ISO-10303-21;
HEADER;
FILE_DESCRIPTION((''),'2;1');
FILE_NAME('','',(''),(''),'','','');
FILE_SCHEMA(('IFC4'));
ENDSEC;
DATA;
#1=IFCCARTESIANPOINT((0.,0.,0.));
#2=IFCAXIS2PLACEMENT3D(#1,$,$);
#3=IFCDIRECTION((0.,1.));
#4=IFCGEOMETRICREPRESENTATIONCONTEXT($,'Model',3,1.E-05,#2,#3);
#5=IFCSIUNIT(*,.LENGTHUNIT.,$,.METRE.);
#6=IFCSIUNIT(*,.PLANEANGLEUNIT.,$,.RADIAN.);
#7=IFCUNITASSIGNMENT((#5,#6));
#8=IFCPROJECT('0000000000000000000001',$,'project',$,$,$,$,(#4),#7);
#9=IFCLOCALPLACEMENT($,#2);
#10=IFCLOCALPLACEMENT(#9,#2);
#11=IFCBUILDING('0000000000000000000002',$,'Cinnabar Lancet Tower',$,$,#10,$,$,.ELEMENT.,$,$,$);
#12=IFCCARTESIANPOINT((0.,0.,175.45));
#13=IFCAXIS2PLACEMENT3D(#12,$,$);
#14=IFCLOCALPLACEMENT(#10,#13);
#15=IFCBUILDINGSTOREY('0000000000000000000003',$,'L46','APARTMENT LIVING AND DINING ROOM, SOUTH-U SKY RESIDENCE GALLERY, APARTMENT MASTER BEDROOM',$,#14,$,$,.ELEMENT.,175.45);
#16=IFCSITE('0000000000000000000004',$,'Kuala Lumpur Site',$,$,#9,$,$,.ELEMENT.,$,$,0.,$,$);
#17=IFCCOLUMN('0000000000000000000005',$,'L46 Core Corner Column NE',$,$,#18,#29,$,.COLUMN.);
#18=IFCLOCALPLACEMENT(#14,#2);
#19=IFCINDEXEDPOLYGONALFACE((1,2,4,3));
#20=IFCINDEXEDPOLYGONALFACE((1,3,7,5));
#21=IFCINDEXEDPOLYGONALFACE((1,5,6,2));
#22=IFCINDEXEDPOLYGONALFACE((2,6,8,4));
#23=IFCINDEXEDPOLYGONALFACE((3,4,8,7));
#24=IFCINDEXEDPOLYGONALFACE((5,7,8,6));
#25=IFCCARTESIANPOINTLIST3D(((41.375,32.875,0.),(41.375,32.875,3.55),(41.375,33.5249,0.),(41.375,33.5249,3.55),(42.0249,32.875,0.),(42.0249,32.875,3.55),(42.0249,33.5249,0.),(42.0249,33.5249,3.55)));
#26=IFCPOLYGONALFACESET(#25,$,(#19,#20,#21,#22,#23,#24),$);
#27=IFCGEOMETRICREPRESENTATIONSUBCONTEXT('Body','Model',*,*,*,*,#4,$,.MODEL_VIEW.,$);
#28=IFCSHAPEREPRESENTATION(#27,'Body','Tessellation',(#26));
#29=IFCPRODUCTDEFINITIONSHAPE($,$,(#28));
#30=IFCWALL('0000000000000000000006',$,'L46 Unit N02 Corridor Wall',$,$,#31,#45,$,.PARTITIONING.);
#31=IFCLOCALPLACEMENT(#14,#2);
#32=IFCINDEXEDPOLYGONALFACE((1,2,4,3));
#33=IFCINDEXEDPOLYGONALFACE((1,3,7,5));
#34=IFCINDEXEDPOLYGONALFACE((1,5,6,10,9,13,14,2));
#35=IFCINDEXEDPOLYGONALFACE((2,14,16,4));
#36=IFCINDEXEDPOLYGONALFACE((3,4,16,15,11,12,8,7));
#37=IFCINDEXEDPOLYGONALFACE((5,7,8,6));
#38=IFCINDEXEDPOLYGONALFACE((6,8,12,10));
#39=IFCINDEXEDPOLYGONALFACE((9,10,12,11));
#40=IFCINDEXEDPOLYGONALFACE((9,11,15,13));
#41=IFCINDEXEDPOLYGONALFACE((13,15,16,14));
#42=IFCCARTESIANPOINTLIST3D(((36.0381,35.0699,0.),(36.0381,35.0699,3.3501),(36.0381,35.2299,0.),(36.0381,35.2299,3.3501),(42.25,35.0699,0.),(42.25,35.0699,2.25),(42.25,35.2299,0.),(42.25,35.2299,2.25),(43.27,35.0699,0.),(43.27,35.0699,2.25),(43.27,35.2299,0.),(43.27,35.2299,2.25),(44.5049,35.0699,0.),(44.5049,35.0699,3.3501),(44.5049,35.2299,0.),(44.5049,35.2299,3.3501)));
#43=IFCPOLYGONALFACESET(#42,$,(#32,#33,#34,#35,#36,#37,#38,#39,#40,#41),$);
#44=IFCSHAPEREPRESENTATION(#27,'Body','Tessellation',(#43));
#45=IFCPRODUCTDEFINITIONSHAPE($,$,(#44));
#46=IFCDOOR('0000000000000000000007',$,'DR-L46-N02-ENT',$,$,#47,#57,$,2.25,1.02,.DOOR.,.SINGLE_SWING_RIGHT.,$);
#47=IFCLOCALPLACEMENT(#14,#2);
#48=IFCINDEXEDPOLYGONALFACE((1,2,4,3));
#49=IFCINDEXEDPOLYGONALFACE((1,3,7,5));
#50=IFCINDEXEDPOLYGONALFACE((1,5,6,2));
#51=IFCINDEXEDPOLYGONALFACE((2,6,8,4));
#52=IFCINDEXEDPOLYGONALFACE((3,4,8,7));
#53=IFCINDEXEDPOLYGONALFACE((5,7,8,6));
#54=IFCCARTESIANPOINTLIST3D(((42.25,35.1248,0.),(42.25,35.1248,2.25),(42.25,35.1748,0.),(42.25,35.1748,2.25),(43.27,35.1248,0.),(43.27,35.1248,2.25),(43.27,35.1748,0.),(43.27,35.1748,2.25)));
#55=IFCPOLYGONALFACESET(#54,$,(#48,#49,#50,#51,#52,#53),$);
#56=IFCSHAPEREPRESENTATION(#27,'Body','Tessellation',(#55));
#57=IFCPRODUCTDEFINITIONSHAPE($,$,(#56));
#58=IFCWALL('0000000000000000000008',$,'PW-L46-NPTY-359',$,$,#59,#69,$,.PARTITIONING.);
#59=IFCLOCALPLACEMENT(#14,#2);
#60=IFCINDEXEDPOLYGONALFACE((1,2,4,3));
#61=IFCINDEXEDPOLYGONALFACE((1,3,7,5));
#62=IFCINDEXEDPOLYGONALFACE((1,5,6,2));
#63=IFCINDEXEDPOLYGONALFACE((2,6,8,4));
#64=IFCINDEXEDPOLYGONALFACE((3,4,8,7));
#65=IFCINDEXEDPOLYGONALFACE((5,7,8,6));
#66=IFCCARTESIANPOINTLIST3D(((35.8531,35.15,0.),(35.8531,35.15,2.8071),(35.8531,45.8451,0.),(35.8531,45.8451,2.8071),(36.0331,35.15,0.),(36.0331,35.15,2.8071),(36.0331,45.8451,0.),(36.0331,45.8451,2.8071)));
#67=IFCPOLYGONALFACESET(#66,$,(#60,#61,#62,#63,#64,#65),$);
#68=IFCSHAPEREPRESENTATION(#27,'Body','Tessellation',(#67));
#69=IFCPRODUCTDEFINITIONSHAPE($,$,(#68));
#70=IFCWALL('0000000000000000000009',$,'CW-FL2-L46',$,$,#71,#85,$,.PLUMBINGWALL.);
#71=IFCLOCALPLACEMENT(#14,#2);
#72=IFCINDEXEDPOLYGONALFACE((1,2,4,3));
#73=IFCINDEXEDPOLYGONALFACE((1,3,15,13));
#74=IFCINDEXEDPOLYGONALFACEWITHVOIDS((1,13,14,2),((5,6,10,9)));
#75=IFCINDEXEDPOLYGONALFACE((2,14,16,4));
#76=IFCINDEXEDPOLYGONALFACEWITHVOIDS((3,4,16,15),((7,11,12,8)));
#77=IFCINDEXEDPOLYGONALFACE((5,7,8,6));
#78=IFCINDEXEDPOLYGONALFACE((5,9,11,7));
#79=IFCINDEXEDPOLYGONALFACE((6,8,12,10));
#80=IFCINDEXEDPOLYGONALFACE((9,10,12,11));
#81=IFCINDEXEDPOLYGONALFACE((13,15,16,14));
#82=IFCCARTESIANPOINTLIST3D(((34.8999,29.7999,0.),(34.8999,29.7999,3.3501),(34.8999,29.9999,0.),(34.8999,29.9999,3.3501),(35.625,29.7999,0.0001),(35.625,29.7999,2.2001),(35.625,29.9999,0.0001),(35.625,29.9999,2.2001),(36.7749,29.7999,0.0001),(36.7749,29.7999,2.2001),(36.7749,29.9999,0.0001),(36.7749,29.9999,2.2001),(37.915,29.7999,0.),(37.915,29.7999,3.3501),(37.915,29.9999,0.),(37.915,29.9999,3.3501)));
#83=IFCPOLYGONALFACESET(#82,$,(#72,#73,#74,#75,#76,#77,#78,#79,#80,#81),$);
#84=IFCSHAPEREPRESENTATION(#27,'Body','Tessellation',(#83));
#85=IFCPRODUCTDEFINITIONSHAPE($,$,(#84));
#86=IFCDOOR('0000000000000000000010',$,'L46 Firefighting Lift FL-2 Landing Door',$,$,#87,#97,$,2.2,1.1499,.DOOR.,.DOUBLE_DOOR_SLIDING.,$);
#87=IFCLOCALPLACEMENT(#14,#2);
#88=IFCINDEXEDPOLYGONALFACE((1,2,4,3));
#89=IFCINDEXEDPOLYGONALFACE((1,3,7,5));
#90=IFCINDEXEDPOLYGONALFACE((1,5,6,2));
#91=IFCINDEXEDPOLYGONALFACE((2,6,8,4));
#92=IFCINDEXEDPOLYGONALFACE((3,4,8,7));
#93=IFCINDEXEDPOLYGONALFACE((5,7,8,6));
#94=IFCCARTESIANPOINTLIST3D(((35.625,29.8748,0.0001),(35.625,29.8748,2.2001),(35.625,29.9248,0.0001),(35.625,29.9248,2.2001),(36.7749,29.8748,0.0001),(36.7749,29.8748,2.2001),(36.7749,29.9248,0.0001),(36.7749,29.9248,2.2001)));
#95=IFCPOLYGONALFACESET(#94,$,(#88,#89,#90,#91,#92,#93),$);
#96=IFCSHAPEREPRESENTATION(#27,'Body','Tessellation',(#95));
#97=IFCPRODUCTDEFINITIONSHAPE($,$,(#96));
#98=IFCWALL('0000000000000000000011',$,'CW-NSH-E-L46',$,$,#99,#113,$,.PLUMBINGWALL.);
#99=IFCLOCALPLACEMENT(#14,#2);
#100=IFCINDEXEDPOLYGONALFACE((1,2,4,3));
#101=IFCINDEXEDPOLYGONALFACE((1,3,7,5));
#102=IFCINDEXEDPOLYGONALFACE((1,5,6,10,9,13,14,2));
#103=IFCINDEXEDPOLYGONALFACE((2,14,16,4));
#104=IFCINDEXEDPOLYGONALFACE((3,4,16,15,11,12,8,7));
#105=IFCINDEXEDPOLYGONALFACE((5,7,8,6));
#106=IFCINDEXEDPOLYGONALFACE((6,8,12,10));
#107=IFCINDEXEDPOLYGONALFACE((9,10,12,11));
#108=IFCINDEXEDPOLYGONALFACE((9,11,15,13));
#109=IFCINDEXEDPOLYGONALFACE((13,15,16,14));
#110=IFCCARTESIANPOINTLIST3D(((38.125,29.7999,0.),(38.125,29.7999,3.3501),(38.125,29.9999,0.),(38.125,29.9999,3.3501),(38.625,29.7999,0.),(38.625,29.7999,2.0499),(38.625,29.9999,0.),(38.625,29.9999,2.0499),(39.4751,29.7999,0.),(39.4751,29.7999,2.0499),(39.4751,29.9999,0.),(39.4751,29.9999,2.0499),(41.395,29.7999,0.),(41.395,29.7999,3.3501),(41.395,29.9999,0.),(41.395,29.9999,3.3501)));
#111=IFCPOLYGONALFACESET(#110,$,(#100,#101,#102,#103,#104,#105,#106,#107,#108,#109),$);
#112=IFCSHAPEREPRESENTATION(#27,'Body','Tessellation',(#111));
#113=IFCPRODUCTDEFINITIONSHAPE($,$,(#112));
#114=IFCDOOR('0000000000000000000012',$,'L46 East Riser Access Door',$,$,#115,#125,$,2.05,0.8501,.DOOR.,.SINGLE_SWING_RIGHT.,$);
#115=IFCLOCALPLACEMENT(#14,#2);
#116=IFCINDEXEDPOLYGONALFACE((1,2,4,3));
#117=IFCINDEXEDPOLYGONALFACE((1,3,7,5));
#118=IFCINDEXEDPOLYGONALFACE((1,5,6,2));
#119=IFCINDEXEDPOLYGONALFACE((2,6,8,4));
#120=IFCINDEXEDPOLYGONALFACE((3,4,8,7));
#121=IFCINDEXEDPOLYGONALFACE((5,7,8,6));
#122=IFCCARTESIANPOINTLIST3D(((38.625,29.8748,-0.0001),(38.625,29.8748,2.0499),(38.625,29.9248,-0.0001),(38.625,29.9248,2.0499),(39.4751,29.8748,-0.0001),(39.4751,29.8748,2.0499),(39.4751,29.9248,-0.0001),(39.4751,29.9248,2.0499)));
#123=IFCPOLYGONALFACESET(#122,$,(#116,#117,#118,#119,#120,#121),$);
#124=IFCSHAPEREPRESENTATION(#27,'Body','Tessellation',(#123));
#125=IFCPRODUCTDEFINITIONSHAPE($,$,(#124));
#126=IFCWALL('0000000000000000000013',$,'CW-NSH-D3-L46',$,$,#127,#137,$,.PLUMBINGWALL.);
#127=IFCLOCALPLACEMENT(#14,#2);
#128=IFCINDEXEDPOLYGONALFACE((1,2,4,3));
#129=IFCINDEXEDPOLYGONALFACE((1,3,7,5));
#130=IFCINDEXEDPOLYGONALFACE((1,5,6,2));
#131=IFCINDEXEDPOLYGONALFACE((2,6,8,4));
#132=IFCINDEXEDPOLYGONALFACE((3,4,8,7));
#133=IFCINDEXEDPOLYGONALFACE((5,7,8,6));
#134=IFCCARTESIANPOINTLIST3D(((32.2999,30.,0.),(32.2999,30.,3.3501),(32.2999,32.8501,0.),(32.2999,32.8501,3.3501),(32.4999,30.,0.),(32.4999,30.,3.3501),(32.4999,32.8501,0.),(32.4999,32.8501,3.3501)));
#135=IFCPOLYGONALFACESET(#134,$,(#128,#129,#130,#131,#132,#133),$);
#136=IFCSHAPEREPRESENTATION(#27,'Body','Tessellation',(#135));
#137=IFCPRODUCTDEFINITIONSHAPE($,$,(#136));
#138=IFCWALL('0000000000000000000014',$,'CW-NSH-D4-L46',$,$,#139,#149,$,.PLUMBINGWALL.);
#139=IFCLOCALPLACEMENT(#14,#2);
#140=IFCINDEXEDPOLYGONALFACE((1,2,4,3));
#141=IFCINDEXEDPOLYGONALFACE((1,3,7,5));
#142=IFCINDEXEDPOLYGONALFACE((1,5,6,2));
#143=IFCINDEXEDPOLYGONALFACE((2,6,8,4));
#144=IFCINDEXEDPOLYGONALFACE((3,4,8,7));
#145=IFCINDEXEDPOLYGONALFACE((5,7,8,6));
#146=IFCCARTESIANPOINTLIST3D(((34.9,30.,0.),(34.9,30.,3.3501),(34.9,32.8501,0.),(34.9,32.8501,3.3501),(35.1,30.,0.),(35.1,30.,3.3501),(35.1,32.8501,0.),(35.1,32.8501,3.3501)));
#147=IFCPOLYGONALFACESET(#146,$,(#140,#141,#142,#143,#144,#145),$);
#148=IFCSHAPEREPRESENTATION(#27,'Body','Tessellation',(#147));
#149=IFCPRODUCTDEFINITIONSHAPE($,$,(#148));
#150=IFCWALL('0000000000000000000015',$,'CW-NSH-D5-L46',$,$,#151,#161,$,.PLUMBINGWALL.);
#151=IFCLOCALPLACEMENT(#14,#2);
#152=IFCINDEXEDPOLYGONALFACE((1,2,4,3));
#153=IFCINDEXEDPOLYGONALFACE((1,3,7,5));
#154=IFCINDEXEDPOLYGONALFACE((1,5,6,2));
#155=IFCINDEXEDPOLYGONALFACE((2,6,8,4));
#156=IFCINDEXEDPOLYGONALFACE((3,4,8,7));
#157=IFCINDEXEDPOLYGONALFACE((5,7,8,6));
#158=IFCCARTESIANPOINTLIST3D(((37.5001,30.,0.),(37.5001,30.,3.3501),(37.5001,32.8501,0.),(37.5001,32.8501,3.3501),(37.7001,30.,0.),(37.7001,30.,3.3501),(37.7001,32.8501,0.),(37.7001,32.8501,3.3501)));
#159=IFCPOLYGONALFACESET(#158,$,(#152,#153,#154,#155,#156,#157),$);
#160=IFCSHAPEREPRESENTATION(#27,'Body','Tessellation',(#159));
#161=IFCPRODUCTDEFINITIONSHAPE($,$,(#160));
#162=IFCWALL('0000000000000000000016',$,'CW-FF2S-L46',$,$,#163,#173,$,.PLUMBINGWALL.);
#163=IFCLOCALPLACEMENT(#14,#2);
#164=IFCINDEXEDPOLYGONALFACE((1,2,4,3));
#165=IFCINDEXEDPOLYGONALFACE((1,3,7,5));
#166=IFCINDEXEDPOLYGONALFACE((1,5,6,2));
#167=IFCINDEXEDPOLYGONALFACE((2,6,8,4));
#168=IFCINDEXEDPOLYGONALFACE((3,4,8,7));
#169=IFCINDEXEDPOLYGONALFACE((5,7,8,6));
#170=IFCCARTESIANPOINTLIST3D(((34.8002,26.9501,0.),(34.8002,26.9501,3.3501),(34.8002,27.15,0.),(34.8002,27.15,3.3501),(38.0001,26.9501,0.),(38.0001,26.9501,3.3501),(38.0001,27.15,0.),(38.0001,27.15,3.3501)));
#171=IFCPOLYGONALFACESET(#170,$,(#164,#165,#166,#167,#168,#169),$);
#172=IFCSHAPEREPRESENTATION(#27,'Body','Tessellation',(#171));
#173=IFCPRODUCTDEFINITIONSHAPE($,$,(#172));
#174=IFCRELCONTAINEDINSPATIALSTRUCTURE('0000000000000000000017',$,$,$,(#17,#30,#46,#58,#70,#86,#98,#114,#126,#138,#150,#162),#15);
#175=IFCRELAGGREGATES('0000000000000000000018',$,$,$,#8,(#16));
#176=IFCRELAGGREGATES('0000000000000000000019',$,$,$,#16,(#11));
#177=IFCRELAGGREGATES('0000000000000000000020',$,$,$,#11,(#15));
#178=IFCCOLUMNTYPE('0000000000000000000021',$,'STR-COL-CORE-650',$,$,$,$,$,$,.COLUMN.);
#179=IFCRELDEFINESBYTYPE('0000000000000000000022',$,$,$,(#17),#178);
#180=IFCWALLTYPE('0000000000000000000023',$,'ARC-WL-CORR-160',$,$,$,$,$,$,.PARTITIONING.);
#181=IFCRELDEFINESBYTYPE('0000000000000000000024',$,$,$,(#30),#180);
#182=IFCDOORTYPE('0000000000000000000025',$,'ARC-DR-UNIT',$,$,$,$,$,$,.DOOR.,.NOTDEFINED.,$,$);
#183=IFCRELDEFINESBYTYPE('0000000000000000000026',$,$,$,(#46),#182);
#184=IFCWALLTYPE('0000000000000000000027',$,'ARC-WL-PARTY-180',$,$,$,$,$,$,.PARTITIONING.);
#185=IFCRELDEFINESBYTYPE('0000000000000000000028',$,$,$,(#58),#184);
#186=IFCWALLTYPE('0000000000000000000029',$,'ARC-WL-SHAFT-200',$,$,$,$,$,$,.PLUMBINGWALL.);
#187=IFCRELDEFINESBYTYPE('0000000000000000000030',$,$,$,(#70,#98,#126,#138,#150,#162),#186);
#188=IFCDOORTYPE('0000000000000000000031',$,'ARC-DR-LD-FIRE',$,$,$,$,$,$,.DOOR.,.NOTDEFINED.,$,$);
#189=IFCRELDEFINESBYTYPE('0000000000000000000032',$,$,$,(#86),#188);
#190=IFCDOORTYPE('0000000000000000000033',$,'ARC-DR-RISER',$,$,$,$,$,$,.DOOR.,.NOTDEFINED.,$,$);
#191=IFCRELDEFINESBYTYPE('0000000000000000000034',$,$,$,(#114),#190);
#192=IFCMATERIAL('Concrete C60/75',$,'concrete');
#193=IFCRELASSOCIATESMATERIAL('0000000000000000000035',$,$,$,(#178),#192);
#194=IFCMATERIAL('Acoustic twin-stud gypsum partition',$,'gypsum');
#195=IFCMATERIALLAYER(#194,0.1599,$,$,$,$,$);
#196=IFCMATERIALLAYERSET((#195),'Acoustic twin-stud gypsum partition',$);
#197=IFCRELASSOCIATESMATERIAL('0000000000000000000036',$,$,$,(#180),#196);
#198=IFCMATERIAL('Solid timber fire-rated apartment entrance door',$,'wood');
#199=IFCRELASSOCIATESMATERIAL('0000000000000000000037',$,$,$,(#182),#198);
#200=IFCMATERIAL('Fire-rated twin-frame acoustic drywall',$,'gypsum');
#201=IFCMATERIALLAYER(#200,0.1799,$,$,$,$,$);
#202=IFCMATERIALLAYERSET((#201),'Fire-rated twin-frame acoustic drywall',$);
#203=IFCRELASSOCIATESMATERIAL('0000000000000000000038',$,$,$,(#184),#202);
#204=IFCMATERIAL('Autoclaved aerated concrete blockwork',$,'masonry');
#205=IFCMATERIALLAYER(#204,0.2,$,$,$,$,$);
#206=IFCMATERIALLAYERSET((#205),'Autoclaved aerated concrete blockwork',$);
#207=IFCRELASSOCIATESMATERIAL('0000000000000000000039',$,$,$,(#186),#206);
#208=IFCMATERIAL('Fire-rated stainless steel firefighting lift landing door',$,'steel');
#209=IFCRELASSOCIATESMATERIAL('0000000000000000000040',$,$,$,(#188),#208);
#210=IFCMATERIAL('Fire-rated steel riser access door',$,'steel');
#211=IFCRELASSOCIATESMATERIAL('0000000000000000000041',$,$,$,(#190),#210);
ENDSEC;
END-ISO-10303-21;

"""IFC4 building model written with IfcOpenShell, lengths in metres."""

from ifc_helpers import new_model, si_unit, direction, frame, frame_2d, origin, origin_2d, place, context, subcontext, project, spatial, rectangle, extrude, material, layer, layer_set, material_profile, profile_set, type_object, element, fill, save


model = new_model("IFC4")

# Units and contexts
model_context = context("Model", 3, precision=1e-05, world=origin(), true_north=direction((0.0, 1.0)))
body_context = subcontext(model_context, "Body", "Model", "MODEL_VIEW")
ifc_project = project(units=[si_unit("LENGTHUNIT", "METRE"), si_unit("PLANEANGLEUNIT", "RADIAN")], contexts=[model_context])

# Site, building, storey
site_placement = place(None, origin())
site = spatial("IfcSite", under=ifc_project, at=site_placement, Name="Kuala Lumpur Site", CompositionType="ELEMENT", RefElevation=0.0)
building_placement = place(site_placement, origin())
building = spatial("IfcBuilding", under=site, at=building_placement, Name="Cinnabar Lancet Tower", CompositionType="ELEMENT")
storey_placement = place(building_placement, frame((0.0, 0.0, 175.45)))
storey = spatial("IfcBuildingStorey", under=building, at=storey_placement, Name="L46", Description="APARTMENT LIVING AND DINING ROOM, SOUTH-U SKY RESIDENCE GALLERY, APARTMENT MASTER BEDROOM", CompositionType="ELEMENT", Elevation=175.45)

# Column
ifc_material_1 = material(Name="Concrete C60/75", Category="concrete")
ifc_material_profile = material_profile(ifc_material_1, rectangle(XDim=0.6499, YDim=0.6499, at=origin_2d()), Name="RC-COL 650x650")
ifc_profile_set = profile_set([ifc_material_profile], Name="Concrete C60/75")
column_type = type_object("IfcColumnType", Name="STR-COL-CORE-650", PredefinedType="COLUMN", material=ifc_profile_set)
column_placement = place(storey_placement, frame((41.7, 33.2, 0.0), z_axis=(0.0, 0.0, 1.0), x_axis=(1.0, 0.0, 0.0)))
element("IfcColumn", 1, at=column_placement, inside=storey, type_object=column_type, Name="L46 Core Corner Column NE", PredefinedType="COLUMN", context=body_context, shape_type="SweptSolid", body=[
    extrude(rectangle(XDim=0.6499, YDim=0.6499, at=origin_2d()), origin(), (0.0, 0.0, 1.0), 3.55),
])

# Wall, opening, door
ifc_material_2 = material(Name="Acoustic twin-stud gypsum partition", Category="gypsum")
ifc_layer_1 = layer(ifc_material_2, 0.1599)
ifc_layer_set_1 = layer_set([ifc_layer_1], Name="Acoustic twin-stud gypsum partition")
wall_type_1 = type_object("IfcWallType", Name="ARC-WL-CORR-160", PredefinedType="PARTITIONING", material=ifc_layer_set_1)
wall_1_placement = place(storey_placement, frame((36.0381, 35.1499, 0.0), z_axis=(0.0, 0.0, 1.0), x_axis=(1.0, 0.0, 0.0)))
wall_1 = element("IfcWall", 2, at=wall_1_placement, inside=storey, type_object=wall_type_1, Name="L46 Unit N02 Corridor Wall", PredefinedType="PARTITIONING", context=body_context, shape_type="SweptSolid", body=[
    extrude(rectangle(XDim=8.4668, YDim=0.1599, at=frame_2d((4.2334, 0.0))), origin(), (0.0, 0.0, 1.0), 3.3501),
])
opening_1_placement = place(wall_1_placement, frame((6.2119, 0.0, 0.0)))
opening_1 = element("IfcOpeningElement", 3, at=opening_1_placement, cuts=wall_1, PredefinedType="OPENING", context=body_context, shape_type="SweptSolid", body=[
    extrude(rectangle(XDim=1.02, YDim=2.25, at=frame_2d((0.51, 1.125))), frame((0.0, 0.0898, 0.0), z_axis=(0.0, -1.0, 0.0), x_axis=(1.0, 0.0, 0.0)), (0.0, 0.0, 1.0), 0.1799),
])
ifc_material_3 = material(Name="Solid timber fire-rated apartment entrance door", Category="wood")
door_type_1 = type_object("IfcDoorType", Name="ARC-DR-UNIT", OperationType="NOTDEFINED", PredefinedType="DOOR", material=ifc_material_3)
door_1_placement = place(opening_1_placement, origin())
door_1 = element("IfcDoor", 4, at=door_1_placement, inside=storey, type_object=door_type_1, Name="DR-L46-N02-ENT", OperationType="SINGLE_SWING_RIGHT", OverallHeight=2.25, OverallWidth=1.02, PredefinedType="DOOR", context=body_context, shape_type="SweptSolid", body=[
    extrude(rectangle(XDim=1.02, YDim=2.25, at=frame_2d((0.51, 1.125))), frame((0.0, 0.0249, 0.0), z_axis=(0.0, -1.0, 0.0), x_axis=(1.0, 0.0, 0.0)), (0.0, 0.0, 1.0), 0.05),
])
fill(opening_1, door_1)

# Wall
ifc_material_4 = material(Name="Fire-rated twin-frame acoustic drywall", Category="gypsum")
ifc_layer_2 = layer(ifc_material_4, 0.1799)
ifc_layer_set_2 = layer_set([ifc_layer_2], Name="Fire-rated twin-frame acoustic drywall")
wall_type_2 = type_object("IfcWallType", Name="ARC-WL-PARTY-180", PredefinedType="PARTITIONING", material=ifc_layer_set_2)
wall_2_placement = place(storey_placement, frame((35.9431, 35.1499, 0.0), z_axis=(0.0, 0.0, 1.0), x_axis=(0.0, 1.0, 0.0)))
element("IfcWall", 5, at=wall_2_placement, inside=storey, type_object=wall_type_2, Name="PW-L46-NPTY-359", PredefinedType="PARTITIONING", context=body_context, shape_type="SweptSolid", body=[
    extrude(rectangle(XDim=10.6951, YDim=0.1799, at=frame_2d((5.3477, 0.0))), origin(), (0.0, 0.0, 1.0), 2.8071),
])

# Walls, openings, doors
ifc_material_5 = material(Name="Autoclaved aerated concrete blockwork", Category="masonry")
ifc_layer_3 = layer(ifc_material_5, 0.2)
ifc_layer_set_3 = layer_set([ifc_layer_3], Name="Autoclaved aerated concrete blockwork")
wall_type_3 = type_object("IfcWallType", Name="ARC-WL-SHAFT-200", PredefinedType="PLUMBINGWALL", material=ifc_layer_set_3)
wall_3_placement = place(storey_placement, frame((34.8999, 29.8999, 0.0), z_axis=(0.0, 0.0, 1.0), x_axis=(1.0, 0.0, 0.0)))
wall_3 = element("IfcWall", 6, at=wall_3_placement, inside=storey, type_object=wall_type_3, Name="CW-FL2-L46", PredefinedType="PLUMBINGWALL", context=body_context, shape_type="SweptSolid", body=[
    extrude(rectangle(XDim=3.0151, YDim=0.2, at=frame_2d((1.5076, 0.0))), origin(), (0.0, 0.0, 1.0), 3.3501),
])
opening_2_placement = place(wall_3_placement, frame((0.7251, 0.0, 0.0)))
opening_2 = element("IfcOpeningElement", 7, at=opening_2_placement, cuts=wall_3, PredefinedType="OPENING", context=body_context, shape_type="SweptSolid", body=[
    extrude(rectangle(XDim=1.1499, YDim=2.2, at=frame_2d((0.575, 1.1001))), frame((0.0, 0.1099, 0.0), z_axis=(0.0, -1.0, 0.0), x_axis=(1.0, 0.0, 0.0)), (0.0, 0.0, 1.0), 0.22),
])
ifc_material_6 = material(Name="Fire-rated stainless steel firefighting lift landing door", Category="steel")
door_type_2 = type_object("IfcDoorType", Name="ARC-DR-LD-FIRE", OperationType="NOTDEFINED", PredefinedType="DOOR", material=ifc_material_6)
door_2_placement = place(opening_2_placement, origin())
door_2 = element("IfcDoor", 8, at=door_2_placement, inside=storey, type_object=door_type_2, Name="L46 Firefighting Lift FL-2 Landing Door", OperationType="DOUBLE_DOOR_SLIDING", OverallHeight=2.2, OverallWidth=1.1499, PredefinedType="DOOR", context=body_context, shape_type="SweptSolid", body=[
    extrude(rectangle(XDim=1.1499, YDim=2.2, at=frame_2d((0.575, 1.1001))), frame((0.0, 0.0249, 0.0), z_axis=(0.0, -1.0, 0.0), x_axis=(1.0, 0.0, 0.0)), (0.0, 0.0, 1.0), 0.05),
])
fill(opening_2, door_2)
wall_4_placement = place(storey_placement, frame((38.125, 29.8999, 0.0), z_axis=(0.0, 0.0, 1.0), x_axis=(1.0, 0.0, 0.0)))
wall_4 = element("IfcWall", 9, at=wall_4_placement, inside=storey, type_object=wall_type_3, Name="CW-NSH-E-L46", PredefinedType="PLUMBINGWALL", context=body_context, shape_type="SweptSolid", body=[
    extrude(rectangle(XDim=3.27, YDim=0.2, at=frame_2d((1.635, 0.0))), origin(), (0.0, 0.0, 1.0), 3.3501),
])
opening_3_placement = place(wall_4_placement, frame((0.5, 0.0, 0.0)))
opening_3 = element("IfcOpeningElement", 10, at=opening_3_placement, cuts=wall_4, PredefinedType="OPENING", context=body_context, shape_type="SweptSolid", body=[
    extrude(rectangle(XDim=0.8501, YDim=2.05, at=frame_2d((0.425, 1.0249))), frame((0.0, 0.1099, 0.0), z_axis=(0.0, -1.0, 0.0), x_axis=(1.0, 0.0, 0.0)), (0.0, 0.0, 1.0), 0.22),
])
ifc_material_7 = material(Name="Fire-rated steel riser access door", Category="steel")
door_type_3 = type_object("IfcDoorType", Name="ARC-DR-RISER", OperationType="NOTDEFINED", PredefinedType="DOOR", material=ifc_material_7)
door_3_placement = place(opening_3_placement, origin())
door_3 = element("IfcDoor", 11, at=door_3_placement, inside=storey, type_object=door_type_3, Name="L46 East Riser Access Door", OperationType="SINGLE_SWING_RIGHT", OverallHeight=2.05, OverallWidth=0.8501, PredefinedType="DOOR", context=body_context, shape_type="SweptSolid", body=[
    extrude(rectangle(XDim=0.8501, YDim=2.05, at=frame_2d((0.425, 1.0249))), frame((0.0, 0.0249, 0.0), z_axis=(0.0, -1.0, 0.0), x_axis=(1.0, 0.0, 0.0)), (0.0, 0.0, 1.0), 0.05),
])
fill(opening_3, door_3)

# Walls
for number, where, z_axis, x_axis, name in (
    (12, (32.3999, 30.0, 0.0), (0.0, 0.0, 1.0), (0.0, 1.0, 0.0), "CW-NSH-D3-L46"),
    (13, (35.0, 30.0, 0.0), (0.0, 0.0, 1.0), (0.0, 1.0, 0.0), "CW-NSH-D4-L46"),
    (14, (37.6001, 30.0, 0.0), (0.0, 0.0, 1.0), (0.0, 1.0, 0.0), "CW-NSH-D5-L46"),
):
    element("IfcWall", number, at=place(storey_placement, frame(where, z_axis=z_axis, x_axis=x_axis)), inside=storey, type_object=wall_type_3, Name=name, PredefinedType="PLUMBINGWALL", context=body_context, shape_type="SweptSolid", body=[
        extrude(rectangle(XDim=2.8501, YDim=0.2, at=frame_2d((1.425, 0.0))), origin(), (0.0, 0.0, 1.0), 3.3501),
    ])

# Wall
wall_5_placement = place(storey_placement, frame((34.8, 27.05, 0.0), z_axis=(0.0, 0.0, 1.0), x_axis=(1.0, 0.0, 0.0)))
element("IfcWall", 15, at=wall_5_placement, inside=storey, type_object=wall_type_3, Name="CW-FF2S-L46", PredefinedType="PLUMBINGWALL", context=body_context, shape_type="SweptSolid", body=[
    extrude(rectangle(XDim=3.2, YDim=0.2, at=frame_2d((1.6001, 0.0))), origin(), (0.0, 0.0, 1.0), 3.3501),
])

save(model, "model.ifc")
